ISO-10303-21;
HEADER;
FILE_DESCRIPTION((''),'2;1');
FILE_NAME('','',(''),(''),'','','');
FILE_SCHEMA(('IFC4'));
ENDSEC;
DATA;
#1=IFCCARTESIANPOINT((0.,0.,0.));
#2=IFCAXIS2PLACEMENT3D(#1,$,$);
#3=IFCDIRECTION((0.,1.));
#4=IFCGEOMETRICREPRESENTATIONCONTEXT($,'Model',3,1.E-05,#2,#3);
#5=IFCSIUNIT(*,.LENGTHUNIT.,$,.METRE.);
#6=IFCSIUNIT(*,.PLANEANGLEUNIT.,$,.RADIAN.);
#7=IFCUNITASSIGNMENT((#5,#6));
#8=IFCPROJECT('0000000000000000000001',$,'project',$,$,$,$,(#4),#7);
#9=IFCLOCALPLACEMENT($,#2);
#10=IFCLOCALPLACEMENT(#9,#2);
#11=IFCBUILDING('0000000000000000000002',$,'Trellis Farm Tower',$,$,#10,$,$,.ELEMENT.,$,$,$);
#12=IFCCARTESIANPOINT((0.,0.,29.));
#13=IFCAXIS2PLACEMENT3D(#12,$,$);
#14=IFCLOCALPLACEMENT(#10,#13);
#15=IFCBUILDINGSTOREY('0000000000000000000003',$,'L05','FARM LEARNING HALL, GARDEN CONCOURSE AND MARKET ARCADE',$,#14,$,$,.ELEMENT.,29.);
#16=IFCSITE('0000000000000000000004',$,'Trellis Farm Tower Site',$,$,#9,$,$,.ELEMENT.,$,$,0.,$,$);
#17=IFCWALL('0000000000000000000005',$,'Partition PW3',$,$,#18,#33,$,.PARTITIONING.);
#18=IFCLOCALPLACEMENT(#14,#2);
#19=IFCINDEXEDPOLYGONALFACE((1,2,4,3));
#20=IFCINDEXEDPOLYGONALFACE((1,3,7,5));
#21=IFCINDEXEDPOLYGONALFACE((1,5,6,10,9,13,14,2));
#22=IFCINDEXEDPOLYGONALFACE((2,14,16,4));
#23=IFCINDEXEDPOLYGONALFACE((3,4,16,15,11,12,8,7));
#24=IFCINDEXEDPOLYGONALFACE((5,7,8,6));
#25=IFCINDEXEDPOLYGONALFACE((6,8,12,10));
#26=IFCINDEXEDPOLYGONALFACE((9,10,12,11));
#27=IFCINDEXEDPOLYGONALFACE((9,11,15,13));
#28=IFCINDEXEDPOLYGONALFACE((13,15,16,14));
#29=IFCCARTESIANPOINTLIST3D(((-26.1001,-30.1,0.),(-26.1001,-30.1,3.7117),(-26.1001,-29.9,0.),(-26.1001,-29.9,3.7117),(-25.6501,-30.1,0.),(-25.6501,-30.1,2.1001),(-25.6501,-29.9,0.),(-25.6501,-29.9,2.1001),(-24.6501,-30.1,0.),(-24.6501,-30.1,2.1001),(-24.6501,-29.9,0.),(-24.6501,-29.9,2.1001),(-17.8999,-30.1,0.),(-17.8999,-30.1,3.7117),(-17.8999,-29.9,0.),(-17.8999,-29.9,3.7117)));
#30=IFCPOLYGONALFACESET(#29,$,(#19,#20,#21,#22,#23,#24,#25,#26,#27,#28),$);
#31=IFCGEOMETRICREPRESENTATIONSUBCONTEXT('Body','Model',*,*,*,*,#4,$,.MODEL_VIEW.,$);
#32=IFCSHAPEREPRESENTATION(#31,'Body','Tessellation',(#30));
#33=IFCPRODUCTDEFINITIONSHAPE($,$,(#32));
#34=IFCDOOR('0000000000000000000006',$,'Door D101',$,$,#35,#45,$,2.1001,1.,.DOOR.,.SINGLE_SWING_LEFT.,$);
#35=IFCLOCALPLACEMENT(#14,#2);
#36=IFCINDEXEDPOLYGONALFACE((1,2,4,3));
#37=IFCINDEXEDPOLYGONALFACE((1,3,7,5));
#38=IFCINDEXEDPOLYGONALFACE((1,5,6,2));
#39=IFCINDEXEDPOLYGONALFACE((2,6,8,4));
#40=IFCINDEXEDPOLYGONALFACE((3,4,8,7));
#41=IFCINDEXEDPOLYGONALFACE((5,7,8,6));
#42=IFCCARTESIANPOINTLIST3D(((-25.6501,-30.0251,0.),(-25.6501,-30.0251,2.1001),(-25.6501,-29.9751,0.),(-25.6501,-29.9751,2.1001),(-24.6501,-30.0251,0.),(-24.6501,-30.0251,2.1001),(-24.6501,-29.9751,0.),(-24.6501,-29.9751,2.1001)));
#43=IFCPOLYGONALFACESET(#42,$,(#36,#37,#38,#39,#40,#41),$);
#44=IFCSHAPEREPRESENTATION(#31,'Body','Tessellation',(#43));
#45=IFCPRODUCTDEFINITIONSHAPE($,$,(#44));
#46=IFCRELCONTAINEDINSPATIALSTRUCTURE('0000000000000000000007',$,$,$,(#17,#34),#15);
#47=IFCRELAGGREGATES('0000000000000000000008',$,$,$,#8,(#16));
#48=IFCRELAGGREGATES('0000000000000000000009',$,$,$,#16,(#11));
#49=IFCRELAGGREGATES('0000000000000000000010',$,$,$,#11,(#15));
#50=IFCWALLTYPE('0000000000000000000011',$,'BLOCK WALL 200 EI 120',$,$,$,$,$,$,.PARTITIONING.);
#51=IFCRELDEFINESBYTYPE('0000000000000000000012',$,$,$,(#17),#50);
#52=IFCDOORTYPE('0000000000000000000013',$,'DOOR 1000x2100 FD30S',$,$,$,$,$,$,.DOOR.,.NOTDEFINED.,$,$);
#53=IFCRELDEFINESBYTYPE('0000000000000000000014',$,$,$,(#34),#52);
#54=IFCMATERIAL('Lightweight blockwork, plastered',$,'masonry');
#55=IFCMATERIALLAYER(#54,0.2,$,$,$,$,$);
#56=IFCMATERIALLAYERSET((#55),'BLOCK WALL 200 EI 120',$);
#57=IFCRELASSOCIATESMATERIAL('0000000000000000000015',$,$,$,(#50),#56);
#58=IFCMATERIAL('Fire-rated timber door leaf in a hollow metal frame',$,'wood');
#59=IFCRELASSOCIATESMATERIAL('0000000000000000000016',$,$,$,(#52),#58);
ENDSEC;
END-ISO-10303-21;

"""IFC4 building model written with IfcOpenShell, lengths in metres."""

from ifc_helpers import new_model, si_unit, direction, frame, frame_2d, origin, place, context, subcontext, project, spatial, rectangle, extrude, source, transform, mapped, material, layer, layer_set, type_object, element, fill, save


model = new_model("IFC4")

# Units and contexts
model_context = context("Model", 3, precision=1e-05, world=origin(), true_north=direction((0.0, 1.0)))
body_context = subcontext(model_context, "Body", "Model", "MODEL_VIEW")
ifc_project = project(units=[si_unit("LENGTHUNIT", "METRE"), si_unit("PLANEANGLEUNIT", "RADIAN")], contexts=[model_context])

# Site, building, storey
site_placement = place(None, origin())
site = spatial("IfcSite", under=ifc_project, at=site_placement, Name="Trellis Farm Tower Site", CompositionType="ELEMENT", RefElevation=0.0)
building_placement = place(site_placement, origin())
building = spatial("IfcBuilding", under=site, at=building_placement, Name="Trellis Farm Tower", CompositionType="ELEMENT")
storey_placement = place(building_placement, frame((0.0, 0.0, 29.0)))
storey = spatial("IfcBuildingStorey", under=building, at=storey_placement, Name="L05", Description="FARM LEARNING HALL, GARDEN CONCOURSE AND MARKET ARCADE", CompositionType="ELEMENT", Elevation=29.0)

# Wall, opening, door
ifc_material_1 = material(Name="Lightweight blockwork, plastered", Category="masonry")
ifc_layer_1 = layer(ifc_material_1, 0.2)
ifc_layer_set_1 = layer_set([ifc_layer_1], Name="BLOCK WALL 200 EI 120")
wall_type_1 = type_object("IfcWallType", Name="BLOCK WALL 200 EI 120", PredefinedType="PARTITIONING", material=ifc_layer_set_1)
shared_shape_1 = source(origin(), body_context, "Body", "SweptSolid", [
    extrude(rectangle(XDim=8.2002, YDim=0.2, at=frame_2d((4.1001, 0.0))), origin(), (0.0, 0.0, 1.0), 3.7117),
])
wall_1_placement = place(storey_placement, frame((-26.1001, -30.0, 0.0), z_axis=(0.0, 0.0, 1.0), x_axis=(1.0, 0.0, 0.0)))
wall_1 = element("IfcWall", 1, at=wall_1_placement, inside=storey, type_object=wall_type_1, Name="Partition PW3", PredefinedType="PARTITIONING", context=body_context, shape_type="MappedRepresentation", body=[
    mapped(shared_shape_1, transform((0.0, 0.0, 0.0))),
])
shared_shape_2 = source(origin(), body_context, "Body", "SweptSolid", [
    extrude(rectangle(XDim=1.0, YDim=2.1001, at=frame_2d((0.5, 1.05))), frame((0.0, 0.1101, 0.0), z_axis=(0.0, -1.0, 0.0), x_axis=(1.0, 0.0, 0.0)), (0.0, 0.0, 1.0), 0.2202),
])
opening_1_placement = place(wall_1_placement, frame((0.45, 0.0, 0.0)))
opening_1 = element("IfcOpeningElement", 2, at=opening_1_placement, cuts=wall_1, PredefinedType="OPENING", context=body_context, shape_type="MappedRepresentation", body=[
    mapped(shared_shape_2, transform((0.0, 0.0, 0.0))),
])
ifc_material_2 = material(Name="Fire-rated timber door leaf in a hollow metal frame", Category="wood")
door_type = type_object("IfcDoorType", Name="DOOR 1000x2100 FD30S", OperationType="NOTDEFINED", PredefinedType="DOOR", material=ifc_material_2)
shared_shape_3 = source(origin(), body_context, "Body", "SweptSolid", [
    extrude(rectangle(XDim=1.0, YDim=2.1001, at=frame_2d((0.5, 1.05))), frame((0.0, 0.0249, 0.0), z_axis=(0.0, -1.0, 0.0), x_axis=(1.0, 0.0, 0.0)), (0.0, 0.0, 1.0), 0.05),
])
door_placement = place(opening_1_placement, origin())
door = element("IfcDoor", 3, at=door_placement, inside=storey, type_object=door_type, Name="Door D101", OperationType="SINGLE_SWING_LEFT", OverallHeight=2.1001, OverallWidth=1.0, PredefinedType="DOOR", context=body_context, shape_type="MappedRepresentation", body=[
    mapped(shared_shape_3, transform((0.0, 0.0, 0.0))),
])
fill(opening_1, door)

save(model, "model.ifc")
